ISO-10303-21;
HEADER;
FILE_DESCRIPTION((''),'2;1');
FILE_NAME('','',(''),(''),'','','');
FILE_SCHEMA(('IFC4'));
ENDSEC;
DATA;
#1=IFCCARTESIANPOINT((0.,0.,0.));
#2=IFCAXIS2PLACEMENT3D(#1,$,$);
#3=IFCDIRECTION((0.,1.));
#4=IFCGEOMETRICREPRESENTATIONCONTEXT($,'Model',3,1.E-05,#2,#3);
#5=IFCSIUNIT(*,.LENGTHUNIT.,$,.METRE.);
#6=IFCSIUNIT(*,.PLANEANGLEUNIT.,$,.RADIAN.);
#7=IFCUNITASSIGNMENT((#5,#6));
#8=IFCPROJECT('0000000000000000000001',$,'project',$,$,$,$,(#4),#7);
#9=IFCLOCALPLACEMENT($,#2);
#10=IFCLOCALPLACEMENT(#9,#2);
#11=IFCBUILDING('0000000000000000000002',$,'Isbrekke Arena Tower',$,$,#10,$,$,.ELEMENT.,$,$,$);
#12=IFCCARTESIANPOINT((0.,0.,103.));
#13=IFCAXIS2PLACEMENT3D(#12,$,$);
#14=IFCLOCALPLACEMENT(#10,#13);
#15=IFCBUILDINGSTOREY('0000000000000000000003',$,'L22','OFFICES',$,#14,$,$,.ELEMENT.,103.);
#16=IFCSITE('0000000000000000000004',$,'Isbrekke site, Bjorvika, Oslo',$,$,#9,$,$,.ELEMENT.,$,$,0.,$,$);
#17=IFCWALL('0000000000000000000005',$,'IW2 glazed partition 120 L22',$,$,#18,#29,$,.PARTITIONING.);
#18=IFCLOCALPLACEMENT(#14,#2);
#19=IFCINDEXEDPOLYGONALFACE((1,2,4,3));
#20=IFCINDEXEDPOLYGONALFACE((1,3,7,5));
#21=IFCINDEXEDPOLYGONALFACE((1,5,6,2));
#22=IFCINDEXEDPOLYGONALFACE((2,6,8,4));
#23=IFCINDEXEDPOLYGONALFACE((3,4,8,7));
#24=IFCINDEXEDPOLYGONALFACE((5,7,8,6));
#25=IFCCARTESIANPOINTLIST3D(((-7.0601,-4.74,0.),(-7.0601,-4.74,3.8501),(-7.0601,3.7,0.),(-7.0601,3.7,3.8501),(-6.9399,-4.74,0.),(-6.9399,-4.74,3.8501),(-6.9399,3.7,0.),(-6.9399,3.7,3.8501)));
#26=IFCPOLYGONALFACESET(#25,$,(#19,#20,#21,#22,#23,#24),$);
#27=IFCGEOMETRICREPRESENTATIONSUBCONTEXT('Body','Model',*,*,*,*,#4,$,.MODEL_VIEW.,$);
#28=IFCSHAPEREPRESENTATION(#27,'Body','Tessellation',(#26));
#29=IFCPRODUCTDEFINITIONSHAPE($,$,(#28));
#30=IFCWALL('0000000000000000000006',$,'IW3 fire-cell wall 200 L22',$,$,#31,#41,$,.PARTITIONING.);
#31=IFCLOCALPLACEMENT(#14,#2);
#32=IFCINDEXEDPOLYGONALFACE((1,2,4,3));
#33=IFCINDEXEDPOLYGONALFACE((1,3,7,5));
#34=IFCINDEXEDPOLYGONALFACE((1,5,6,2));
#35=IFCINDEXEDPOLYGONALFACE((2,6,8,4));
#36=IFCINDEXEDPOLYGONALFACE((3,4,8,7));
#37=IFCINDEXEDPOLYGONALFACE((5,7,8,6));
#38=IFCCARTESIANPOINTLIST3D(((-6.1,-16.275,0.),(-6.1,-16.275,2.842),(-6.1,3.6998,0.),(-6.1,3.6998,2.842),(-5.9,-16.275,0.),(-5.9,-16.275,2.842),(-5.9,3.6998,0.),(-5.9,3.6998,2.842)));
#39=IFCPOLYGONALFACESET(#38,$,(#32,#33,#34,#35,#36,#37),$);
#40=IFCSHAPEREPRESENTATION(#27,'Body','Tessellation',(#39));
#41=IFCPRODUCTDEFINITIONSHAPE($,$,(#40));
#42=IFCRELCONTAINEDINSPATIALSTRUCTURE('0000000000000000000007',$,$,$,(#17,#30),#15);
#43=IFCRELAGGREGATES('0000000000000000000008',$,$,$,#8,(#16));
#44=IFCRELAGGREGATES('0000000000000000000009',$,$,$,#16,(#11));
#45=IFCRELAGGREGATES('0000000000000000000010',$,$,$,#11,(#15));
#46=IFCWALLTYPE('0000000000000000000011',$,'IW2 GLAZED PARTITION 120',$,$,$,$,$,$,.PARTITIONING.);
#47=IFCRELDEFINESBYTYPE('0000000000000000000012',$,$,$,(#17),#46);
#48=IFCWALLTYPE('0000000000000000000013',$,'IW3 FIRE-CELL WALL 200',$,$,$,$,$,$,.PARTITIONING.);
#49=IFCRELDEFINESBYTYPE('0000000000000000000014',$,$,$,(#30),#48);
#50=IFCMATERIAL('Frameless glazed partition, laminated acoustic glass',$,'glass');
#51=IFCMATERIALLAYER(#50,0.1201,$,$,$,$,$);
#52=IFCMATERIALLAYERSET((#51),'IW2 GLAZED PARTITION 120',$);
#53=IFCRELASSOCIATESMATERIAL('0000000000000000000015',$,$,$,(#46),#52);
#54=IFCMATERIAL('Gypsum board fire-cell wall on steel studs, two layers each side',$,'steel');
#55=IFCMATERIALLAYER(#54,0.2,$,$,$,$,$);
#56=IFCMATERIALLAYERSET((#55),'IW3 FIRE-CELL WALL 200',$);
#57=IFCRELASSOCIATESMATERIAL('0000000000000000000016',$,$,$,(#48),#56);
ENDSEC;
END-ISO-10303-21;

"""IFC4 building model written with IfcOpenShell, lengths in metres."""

from ifc_helpers import new_model, si_unit, direction, frame, frame_2d, origin, place, context, subcontext, project, spatial, rectangle, extrude, material, layer, layer_set, type_object, element, save


model = new_model("IFC4")

# Units and contexts
model_context = context("Model", 3, precision=1e-05, world=origin(), true_north=direction((0.0, 1.0)))
body_context = subcontext(model_context, "Body", "Model", "MODEL_VIEW")
ifc_project = project(units=[si_unit("LENGTHUNIT", "METRE"), si_unit("PLANEANGLEUNIT", "RADIAN")], contexts=[model_context])

# Site, building, storey
site_placement = place(None, origin())
site = spatial("IfcSite", under=ifc_project, at=site_placement, Name="Isbrekke site, Bjorvika, Oslo", CompositionType="ELEMENT", RefElevation=0.0)
building_placement = place(site_placement, origin())
building = spatial("IfcBuilding", under=site, at=building_placement, Name="Isbrekke Arena Tower", CompositionType="ELEMENT")
storey_placement = place(building_placement, frame((0.0, 0.0, 103.0)))
storey = spatial("IfcBuildingStorey", under=building, at=storey_placement, Name="L22", Description="OFFICES", CompositionType="ELEMENT", Elevation=103.0)

# Walls
ifc_material_1 = material(Name="Frameless glazed partition, laminated acoustic glass", Category="glass")
ifc_layer_1 = layer(ifc_material_1, 0.1201)
ifc_layer_set_1 = layer_set([ifc_layer_1], Name="IW2 GLAZED PARTITION 120")
wall_type_1 = type_object("IfcWallType", Name="IW2 GLAZED PARTITION 120", PredefinedType="PARTITIONING", material=ifc_layer_set_1)
wall_1_placement = place(storey_placement, frame((-7.0, -4.74, 0.0), z_axis=(0.0, 0.0, 1.0), x_axis=(0.0, 1.0, 0.0)))
element("IfcWall", 1, at=wall_1_placement, inside=storey, type_object=wall_type_1, Name="IW2 glazed partition 120 L22", PredefinedType="PARTITIONING", context=body_context, shape_type="SweptSolid", body=[
    extrude(rectangle(XDim=8.4399, YDim=0.1201, at=frame_2d((4.22, 0.0))), origin(), (0.0, 0.0, 1.0), 3.8501),
])
ifc_material_2 = material(Name="Gypsum board fire-cell wall on steel studs, two layers each side", Category="steel")
ifc_layer_2 = layer(ifc_material_2, 0.2)
ifc_layer_set_2 = layer_set([ifc_layer_2], Name="IW3 FIRE-CELL WALL 200")
wall_type_2 = type_object("IfcWallType", Name="IW3 FIRE-CELL WALL 200", PredefinedType="PARTITIONING", material=ifc_layer_set_2)
wall_2_placement = place(storey_placement, frame((-6.0, -16.2749, 0.0), z_axis=(0.0, 0.0, 1.0), x_axis=(0.0, 1.0, 0.0)))
element("IfcWall", 2, at=wall_2_placement, inside=storey, type_object=wall_type_2, Name="IW3 fire-cell wall 200 L22", PredefinedType="PARTITIONING", context=body_context, shape_type="SweptSolid", body=[
    extrude(rectangle(XDim=19.9749, YDim=0.2, at=frame_2d((9.9873, 0.0))), origin(), (0.0, 0.0, 1.0), 2.842),
])

save(model, "model.ifc")
